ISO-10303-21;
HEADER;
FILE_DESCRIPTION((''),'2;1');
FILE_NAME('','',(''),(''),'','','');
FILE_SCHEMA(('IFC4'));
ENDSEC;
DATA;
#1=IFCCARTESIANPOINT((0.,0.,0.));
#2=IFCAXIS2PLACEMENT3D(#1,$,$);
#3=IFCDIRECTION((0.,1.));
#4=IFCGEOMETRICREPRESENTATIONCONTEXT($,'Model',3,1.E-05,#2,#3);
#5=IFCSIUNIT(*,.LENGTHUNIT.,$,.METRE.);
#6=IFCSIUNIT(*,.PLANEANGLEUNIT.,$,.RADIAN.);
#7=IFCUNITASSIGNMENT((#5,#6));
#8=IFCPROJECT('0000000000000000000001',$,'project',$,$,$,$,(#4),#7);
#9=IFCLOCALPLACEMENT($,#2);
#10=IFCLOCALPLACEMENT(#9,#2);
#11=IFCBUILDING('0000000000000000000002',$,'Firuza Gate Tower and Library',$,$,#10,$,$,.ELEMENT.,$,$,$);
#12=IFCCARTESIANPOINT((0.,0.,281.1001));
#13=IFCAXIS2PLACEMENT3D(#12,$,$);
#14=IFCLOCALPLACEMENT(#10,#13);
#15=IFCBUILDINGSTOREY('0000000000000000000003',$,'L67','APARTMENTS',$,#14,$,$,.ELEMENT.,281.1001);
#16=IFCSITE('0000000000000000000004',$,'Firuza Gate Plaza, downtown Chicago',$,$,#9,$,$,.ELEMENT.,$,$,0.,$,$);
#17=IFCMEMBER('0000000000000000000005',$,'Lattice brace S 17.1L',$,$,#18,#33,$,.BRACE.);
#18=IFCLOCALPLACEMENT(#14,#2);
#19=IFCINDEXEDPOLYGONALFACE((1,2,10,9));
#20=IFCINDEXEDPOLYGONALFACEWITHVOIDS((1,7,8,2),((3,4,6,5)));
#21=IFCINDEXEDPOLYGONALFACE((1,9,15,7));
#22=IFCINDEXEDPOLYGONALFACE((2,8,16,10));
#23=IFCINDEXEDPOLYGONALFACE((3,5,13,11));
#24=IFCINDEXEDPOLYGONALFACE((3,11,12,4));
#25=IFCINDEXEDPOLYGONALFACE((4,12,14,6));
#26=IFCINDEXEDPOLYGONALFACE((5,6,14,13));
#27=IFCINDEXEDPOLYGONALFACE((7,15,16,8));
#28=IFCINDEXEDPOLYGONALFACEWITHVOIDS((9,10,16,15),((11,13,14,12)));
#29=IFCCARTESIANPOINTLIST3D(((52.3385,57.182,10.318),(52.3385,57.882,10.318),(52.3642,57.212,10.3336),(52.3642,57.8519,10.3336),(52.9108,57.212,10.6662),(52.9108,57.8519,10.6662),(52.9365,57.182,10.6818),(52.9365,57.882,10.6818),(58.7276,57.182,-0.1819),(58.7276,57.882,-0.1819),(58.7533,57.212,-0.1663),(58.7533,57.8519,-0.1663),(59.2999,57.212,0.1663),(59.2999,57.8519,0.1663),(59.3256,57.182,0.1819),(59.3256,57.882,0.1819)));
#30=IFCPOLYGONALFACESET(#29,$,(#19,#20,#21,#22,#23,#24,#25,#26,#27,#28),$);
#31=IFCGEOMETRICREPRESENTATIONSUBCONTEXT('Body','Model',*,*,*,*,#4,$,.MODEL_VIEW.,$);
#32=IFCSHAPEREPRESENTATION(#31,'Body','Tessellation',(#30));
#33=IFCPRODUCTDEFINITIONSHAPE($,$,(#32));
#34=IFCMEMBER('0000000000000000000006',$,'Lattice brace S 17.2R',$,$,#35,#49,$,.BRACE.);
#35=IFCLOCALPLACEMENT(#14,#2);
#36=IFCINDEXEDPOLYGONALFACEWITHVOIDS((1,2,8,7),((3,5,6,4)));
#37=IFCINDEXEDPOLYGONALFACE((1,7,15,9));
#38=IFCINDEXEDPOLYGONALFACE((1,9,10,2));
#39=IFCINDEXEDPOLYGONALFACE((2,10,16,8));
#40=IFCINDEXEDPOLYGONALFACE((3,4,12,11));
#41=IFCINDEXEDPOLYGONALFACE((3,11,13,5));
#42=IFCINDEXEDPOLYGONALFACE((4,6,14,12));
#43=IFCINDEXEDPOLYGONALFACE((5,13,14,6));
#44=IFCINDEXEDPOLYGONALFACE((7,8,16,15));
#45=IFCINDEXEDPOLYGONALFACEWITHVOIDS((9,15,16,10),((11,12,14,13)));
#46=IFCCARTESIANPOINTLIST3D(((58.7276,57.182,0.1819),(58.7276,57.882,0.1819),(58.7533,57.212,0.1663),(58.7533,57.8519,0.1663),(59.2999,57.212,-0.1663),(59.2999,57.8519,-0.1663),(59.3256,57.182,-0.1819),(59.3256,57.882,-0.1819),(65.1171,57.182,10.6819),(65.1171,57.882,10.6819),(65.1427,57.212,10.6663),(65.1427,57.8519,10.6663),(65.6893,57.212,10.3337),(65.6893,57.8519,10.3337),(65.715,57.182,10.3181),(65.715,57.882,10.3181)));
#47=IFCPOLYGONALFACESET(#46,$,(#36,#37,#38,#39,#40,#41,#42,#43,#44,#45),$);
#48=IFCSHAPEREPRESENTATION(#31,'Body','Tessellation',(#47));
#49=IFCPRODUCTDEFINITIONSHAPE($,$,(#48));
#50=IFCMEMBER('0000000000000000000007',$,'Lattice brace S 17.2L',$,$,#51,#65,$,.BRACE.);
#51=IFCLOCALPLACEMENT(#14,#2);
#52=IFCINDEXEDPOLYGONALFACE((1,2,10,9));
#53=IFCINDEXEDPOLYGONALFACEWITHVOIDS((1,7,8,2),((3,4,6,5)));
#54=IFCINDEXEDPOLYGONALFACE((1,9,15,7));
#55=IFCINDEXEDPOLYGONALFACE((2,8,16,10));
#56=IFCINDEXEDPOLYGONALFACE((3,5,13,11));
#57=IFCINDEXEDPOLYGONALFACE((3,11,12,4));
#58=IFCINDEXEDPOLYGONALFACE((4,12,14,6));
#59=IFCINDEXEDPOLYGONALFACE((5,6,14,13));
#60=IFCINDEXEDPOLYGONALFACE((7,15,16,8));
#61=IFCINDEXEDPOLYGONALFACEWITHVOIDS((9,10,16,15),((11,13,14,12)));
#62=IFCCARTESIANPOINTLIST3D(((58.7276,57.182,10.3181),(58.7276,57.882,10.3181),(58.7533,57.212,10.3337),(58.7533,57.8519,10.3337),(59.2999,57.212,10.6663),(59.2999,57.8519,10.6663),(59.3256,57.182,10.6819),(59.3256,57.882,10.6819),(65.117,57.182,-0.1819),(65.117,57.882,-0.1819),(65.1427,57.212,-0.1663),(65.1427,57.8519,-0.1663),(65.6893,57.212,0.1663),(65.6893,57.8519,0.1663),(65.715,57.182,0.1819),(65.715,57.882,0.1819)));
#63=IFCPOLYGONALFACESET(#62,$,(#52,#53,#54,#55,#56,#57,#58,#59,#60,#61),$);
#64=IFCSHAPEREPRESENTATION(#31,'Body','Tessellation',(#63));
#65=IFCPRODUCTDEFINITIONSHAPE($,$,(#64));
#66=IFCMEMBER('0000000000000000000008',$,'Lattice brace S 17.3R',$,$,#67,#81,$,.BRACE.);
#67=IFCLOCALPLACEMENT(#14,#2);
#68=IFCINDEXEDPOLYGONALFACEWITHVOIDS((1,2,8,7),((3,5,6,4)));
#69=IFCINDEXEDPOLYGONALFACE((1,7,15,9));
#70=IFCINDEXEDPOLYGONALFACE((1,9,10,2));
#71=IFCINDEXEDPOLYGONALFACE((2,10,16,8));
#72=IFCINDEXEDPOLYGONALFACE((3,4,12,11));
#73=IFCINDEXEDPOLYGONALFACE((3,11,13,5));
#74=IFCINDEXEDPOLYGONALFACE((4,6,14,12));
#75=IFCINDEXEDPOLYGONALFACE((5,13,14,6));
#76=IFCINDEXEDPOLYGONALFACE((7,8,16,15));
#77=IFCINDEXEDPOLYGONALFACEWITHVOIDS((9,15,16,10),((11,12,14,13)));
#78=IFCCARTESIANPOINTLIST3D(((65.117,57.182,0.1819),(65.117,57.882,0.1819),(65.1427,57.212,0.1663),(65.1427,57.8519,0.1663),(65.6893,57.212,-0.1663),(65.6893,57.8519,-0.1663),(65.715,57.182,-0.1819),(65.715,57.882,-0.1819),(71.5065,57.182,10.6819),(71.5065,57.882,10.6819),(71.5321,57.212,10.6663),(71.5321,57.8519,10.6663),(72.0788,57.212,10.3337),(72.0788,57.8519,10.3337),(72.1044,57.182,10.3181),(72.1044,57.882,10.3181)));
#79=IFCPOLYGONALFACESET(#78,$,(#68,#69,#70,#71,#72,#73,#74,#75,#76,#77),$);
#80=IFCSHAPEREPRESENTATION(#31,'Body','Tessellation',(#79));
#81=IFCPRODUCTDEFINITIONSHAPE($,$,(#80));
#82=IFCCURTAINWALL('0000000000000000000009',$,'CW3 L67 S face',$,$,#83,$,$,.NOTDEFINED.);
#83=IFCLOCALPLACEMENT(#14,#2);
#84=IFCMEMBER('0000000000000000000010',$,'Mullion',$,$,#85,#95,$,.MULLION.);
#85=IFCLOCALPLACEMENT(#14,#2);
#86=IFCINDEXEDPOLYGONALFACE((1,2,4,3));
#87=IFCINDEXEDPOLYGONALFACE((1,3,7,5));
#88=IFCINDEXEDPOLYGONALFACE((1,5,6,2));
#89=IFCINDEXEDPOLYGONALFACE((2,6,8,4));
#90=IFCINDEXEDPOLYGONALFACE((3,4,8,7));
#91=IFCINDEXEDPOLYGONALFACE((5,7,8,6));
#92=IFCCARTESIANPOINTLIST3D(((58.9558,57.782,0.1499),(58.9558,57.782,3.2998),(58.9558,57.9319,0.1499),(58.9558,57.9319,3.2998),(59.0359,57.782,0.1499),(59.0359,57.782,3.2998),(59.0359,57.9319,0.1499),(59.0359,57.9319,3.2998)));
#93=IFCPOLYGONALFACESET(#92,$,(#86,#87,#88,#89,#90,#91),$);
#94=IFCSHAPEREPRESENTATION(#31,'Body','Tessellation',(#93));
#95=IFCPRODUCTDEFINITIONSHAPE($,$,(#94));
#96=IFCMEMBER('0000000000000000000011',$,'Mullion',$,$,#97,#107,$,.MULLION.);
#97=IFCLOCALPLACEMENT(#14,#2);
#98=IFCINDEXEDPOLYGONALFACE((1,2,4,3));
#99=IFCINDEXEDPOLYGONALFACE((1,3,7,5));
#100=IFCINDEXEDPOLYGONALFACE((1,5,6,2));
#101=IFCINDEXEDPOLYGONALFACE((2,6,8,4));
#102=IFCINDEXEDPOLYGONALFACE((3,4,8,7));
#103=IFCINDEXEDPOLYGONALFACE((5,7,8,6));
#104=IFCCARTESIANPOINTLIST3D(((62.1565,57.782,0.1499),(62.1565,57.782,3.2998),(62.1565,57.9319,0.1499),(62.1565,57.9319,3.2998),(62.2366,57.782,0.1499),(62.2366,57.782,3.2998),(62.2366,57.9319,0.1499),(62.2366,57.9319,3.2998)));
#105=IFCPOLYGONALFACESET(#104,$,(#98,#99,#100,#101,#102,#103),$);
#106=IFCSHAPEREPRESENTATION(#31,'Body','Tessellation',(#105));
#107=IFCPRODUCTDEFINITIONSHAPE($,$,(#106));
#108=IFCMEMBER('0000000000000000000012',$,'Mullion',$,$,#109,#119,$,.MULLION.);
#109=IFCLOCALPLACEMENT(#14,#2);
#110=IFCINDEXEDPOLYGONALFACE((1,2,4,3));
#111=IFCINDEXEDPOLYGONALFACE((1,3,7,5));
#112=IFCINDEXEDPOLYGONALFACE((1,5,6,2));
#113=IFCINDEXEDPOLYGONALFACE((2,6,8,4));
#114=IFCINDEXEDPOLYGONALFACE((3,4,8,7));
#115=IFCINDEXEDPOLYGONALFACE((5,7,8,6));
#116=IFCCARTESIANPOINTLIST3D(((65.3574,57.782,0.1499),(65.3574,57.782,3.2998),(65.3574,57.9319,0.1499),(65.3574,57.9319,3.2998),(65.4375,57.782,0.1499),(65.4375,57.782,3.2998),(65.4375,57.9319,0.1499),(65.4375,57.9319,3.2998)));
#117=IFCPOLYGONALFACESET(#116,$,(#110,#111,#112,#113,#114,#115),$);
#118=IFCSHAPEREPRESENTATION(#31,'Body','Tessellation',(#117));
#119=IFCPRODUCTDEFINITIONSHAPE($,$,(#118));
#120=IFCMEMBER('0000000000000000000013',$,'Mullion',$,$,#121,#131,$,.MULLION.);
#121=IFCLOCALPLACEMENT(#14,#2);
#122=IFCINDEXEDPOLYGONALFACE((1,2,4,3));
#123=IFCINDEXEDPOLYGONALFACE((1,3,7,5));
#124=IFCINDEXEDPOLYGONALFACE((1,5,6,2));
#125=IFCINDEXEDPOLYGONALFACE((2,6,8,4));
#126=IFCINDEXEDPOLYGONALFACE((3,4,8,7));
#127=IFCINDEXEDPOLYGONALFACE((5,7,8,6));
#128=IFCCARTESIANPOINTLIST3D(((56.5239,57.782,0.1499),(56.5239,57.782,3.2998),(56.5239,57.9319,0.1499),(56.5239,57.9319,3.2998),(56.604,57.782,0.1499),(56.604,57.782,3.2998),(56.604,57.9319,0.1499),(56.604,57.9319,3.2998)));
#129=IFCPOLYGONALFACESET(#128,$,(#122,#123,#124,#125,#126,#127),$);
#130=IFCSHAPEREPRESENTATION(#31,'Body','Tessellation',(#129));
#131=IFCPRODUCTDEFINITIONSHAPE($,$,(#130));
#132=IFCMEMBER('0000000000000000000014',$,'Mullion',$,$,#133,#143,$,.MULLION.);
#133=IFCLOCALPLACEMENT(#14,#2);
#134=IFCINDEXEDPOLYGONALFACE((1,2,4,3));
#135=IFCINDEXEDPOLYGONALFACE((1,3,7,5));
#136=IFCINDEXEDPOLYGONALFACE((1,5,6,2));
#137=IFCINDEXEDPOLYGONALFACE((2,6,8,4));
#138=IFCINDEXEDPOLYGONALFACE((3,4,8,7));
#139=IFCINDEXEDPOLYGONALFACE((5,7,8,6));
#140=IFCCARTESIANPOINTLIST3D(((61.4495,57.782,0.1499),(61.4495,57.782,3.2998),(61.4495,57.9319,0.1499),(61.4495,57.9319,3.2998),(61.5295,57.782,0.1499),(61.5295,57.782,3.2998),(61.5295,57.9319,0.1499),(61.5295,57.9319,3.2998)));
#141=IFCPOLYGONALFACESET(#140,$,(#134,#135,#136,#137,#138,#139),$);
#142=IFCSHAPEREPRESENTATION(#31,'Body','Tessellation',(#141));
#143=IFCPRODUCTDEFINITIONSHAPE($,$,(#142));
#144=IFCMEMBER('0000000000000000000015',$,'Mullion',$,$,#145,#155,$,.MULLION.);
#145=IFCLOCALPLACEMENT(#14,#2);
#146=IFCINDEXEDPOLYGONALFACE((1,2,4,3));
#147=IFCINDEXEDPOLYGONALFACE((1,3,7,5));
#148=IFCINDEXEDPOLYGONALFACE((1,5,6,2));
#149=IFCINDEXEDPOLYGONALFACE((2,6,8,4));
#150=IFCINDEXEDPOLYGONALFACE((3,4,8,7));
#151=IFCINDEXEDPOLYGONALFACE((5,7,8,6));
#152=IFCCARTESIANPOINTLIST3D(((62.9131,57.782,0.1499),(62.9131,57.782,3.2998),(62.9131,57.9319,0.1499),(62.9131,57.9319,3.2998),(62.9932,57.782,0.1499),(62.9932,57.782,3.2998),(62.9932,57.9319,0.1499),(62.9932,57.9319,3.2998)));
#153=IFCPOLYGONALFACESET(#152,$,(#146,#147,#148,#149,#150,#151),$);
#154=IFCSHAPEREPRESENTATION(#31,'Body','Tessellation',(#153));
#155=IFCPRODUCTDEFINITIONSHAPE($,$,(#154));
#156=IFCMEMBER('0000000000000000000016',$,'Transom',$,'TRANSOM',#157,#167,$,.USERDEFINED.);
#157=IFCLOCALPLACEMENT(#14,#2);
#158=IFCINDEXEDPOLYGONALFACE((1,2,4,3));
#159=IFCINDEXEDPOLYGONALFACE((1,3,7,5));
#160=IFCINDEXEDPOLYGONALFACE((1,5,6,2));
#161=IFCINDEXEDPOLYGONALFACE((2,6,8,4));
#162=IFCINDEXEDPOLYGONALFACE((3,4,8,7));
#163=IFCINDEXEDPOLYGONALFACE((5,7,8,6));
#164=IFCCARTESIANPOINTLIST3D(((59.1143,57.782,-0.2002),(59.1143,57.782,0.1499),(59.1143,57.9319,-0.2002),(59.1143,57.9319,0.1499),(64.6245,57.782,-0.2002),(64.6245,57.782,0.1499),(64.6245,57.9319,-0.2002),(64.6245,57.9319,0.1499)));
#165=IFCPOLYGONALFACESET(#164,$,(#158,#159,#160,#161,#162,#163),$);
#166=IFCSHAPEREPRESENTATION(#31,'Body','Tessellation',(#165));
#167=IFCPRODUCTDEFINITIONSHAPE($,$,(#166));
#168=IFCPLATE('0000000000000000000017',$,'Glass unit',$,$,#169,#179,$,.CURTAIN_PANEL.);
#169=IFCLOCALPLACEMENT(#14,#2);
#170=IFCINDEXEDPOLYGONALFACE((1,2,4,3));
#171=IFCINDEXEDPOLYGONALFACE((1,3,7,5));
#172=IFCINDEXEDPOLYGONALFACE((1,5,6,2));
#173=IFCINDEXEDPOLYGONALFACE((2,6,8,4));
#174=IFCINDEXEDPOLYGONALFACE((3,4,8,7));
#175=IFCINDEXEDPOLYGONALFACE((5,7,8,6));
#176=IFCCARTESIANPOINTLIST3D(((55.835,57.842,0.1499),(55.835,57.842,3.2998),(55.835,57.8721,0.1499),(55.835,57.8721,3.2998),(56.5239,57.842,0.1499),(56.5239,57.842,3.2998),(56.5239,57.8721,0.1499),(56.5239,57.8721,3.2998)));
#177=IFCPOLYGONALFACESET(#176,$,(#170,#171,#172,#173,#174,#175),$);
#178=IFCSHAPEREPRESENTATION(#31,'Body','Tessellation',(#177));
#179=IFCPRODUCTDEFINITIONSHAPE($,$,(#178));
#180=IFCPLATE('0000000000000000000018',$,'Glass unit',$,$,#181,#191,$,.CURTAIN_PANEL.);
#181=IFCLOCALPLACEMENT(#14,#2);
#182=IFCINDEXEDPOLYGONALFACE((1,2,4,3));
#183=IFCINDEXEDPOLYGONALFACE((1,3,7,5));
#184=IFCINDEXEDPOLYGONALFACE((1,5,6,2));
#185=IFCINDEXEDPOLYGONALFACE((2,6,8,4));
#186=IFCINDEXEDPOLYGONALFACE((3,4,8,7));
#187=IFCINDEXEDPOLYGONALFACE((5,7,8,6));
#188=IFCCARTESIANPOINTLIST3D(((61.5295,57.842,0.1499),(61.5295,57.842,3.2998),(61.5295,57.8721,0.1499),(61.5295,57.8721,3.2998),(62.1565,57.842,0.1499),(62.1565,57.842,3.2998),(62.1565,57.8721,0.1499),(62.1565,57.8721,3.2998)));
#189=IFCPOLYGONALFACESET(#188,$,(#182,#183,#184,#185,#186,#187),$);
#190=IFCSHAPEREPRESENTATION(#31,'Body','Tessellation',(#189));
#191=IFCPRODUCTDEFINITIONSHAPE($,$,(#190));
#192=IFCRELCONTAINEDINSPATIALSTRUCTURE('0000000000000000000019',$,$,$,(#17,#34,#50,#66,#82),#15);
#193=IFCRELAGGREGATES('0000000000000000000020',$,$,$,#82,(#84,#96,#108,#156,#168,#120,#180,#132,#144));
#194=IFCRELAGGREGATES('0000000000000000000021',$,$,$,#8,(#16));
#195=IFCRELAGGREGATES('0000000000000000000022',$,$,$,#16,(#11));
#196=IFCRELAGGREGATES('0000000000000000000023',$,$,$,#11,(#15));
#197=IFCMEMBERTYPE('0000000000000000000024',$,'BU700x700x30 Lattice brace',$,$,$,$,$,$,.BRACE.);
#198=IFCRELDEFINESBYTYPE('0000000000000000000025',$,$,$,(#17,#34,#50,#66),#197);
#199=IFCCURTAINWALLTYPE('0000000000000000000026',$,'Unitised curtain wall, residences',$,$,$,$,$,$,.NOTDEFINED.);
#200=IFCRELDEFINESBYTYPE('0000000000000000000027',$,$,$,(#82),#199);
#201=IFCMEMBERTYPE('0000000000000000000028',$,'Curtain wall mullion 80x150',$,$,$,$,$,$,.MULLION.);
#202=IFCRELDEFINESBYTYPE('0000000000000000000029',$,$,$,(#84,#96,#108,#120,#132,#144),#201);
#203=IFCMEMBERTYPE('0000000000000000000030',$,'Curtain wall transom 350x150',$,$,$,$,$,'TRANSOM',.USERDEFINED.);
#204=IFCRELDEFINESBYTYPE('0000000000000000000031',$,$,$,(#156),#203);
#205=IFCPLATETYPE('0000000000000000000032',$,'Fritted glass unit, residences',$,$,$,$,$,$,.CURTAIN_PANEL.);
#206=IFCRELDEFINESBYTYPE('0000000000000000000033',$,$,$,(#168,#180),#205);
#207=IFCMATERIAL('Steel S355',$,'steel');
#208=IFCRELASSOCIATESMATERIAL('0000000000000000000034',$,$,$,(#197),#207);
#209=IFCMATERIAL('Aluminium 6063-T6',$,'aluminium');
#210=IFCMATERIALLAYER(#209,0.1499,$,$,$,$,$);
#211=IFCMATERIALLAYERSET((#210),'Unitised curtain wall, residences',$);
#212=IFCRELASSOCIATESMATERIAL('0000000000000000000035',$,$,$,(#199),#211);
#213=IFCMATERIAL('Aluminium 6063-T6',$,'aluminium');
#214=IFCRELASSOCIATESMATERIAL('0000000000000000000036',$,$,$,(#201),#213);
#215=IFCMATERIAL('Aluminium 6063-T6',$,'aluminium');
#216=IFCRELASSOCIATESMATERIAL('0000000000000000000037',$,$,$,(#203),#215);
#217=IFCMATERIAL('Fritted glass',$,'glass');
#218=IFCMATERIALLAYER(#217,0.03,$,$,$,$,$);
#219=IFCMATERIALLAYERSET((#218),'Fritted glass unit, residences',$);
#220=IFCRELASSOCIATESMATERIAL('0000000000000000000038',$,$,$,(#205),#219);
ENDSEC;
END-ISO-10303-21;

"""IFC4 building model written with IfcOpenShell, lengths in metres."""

from ifc_helpers import new_model, si_unit, direction, frame, origin, origin_2d, place, context, subcontext, project, spatial, polyline, rectangle, hollow_rectangle, outline, extrude, material, layer, layer_set, material_profile, profile_set, type_object, element, aggregate, save


model = new_model("IFC4")

# Units and contexts
model_context = context("Model", 3, precision=1e-05, world=origin(), true_north=direction((0.0, 1.0)))
body_context = subcontext(model_context, "Body", "Model", "MODEL_VIEW")
ifc_project = project(units=[si_unit("LENGTHUNIT", "METRE"), si_unit("PLANEANGLEUNIT", "RADIAN")], contexts=[model_context])

# Site, building, storey
site_placement = place(None, origin())
site = spatial("IfcSite", under=ifc_project, at=site_placement, Name="Firuza Gate Plaza, downtown Chicago", CompositionType="ELEMENT", RefElevation=0.0)
building_placement = place(site_placement, origin())
building = spatial("IfcBuilding", under=site, at=building_placement, Name="Firuza Gate Tower and Library", CompositionType="ELEMENT")
storey_placement = place(building_placement, frame((0.0, 0.0, 281.1001)))
storey = spatial("IfcBuildingStorey", under=building, at=storey_placement, Name="L67", Description="APARTMENTS", CompositionType="ELEMENT", Elevation=281.1001)

# Members
ifc_material_1 = material(Name="Steel S355", Category="steel")
ifc_material_profile_1 = material_profile(ifc_material_1, hollow_rectangle(XDim=0.7, YDim=0.7, WallThickness=0.03, at=origin_2d()))
ifc_profile_set_1 = profile_set([ifc_material_profile_1], Name="Steel S355")
member_type_1 = type_object("IfcMemberType", Name="BU700x700x30 Lattice brace", PredefinedType="BRACE", material=ifc_profile_set_1)
member_1_placement = place(storey_placement, frame((59.0266, 57.532, 0.0), z_axis=(-0.51982, 0.0, 0.854276), x_axis=(0.0, -1.0, 0.0)))
element("IfcMember", 1, at=member_1_placement, inside=storey, type_object=member_type_1, Name="Lattice brace S 17.1L", PredefinedType="BRACE", context=body_context, shape_type="SweptSolid", body=[
    extrude(hollow_rectangle(XDim=0.7, YDim=0.7, WallThickness=0.03, at=origin_2d()), origin(), (0.0, 0.0, 1.0), 12.291),
])
for number, where, z_axis, x_axis, name in (
    (2, (59.0266, 57.532, 0.0), (0.519834, 0.0, 0.854267), (0.0, 1.0, 0.0), "Lattice brace S 17.2R"),
    (3, (65.416, 57.532, 0.0), (-0.519834, 0.0, 0.854267), (0.0, -1.0, 0.0), "Lattice brace S 17.2L"),
    (4, (65.416, 57.532, 0.0), (0.519834, 0.0, 0.854267), (0.0, 1.0, 0.0), "Lattice brace S 17.3R"),
):
    element("IfcMember", number, at=place(storey_placement, frame(where, z_axis=z_axis, x_axis=x_axis)), inside=storey, type_object=member_type_1, Name=name, PredefinedType="BRACE", context=body_context, shape_type="SweptSolid", body=[
        extrude(hollow_rectangle(XDim=0.7, YDim=0.7, WallThickness=0.03, at=origin_2d()), origin(), (0.0, 0.0, 1.0), 12.2913),
    ])

# Curtain wall, members, plates
ifc_material_2 = material(Name="Aluminium 6063-T6", Category="aluminium")
ifc_layer_1 = layer(ifc_material_2, 0.1499)
ifc_layer_set_1 = layer_set([ifc_layer_1], Name="Unitised curtain wall, residences")
curtain_wall_type = type_object("IfcCurtainWallType", Name="Unitised curtain wall, residences", PredefinedType="NOTDEFINED", material=ifc_layer_set_1)
curtain_wall_placement = place(storey_placement, origin())
curtain_wall = element("IfcCurtainWall", 5, at=curtain_wall_placement, inside=storey, type_object=curtain_wall_type, Name="CW3 L67 S face", PredefinedType="NOTDEFINED")
ifc_material_3 = material(Name="Aluminium 6063-T6", Category="aluminium")
ifc_material_profile_2 = material_profile(ifc_material_3, rectangle(XDim=0.1499, YDim=0.0801, at=origin_2d()))
ifc_profile_set_2 = profile_set([ifc_material_profile_2], Name="Aluminium 6063-T6")
member_type_2 = type_object("IfcMemberType", Name="Curtain wall mullion 80x150", PredefinedType="MULLION", material=ifc_profile_set_2)
member_2_placement = place(storey_placement, frame((58.9958, 57.8569, 0.1499), z_axis=(0.0, 0.0, 1.0), x_axis=(0.0, 1.0, 0.0)))
member_2 = element("IfcMember", 6, at=member_2_placement, type_object=member_type_2, Name="Mullion", PredefinedType="MULLION", context=body_context, shape_type="SweptSolid", body=[
    extrude(rectangle(XDim=0.1499, YDim=0.0801, at=origin_2d()), origin(), (0.0, 0.0, 1.0), 3.1499),
])
member_3_placement = place(storey_placement, frame((62.1965, 57.8569, 0.1499), z_axis=(0.0, 0.0, 1.0), x_axis=(0.0, 1.0, 0.0)))
member_3 = element("IfcMember", 7, at=member_3_placement, type_object=member_type_2, Name="Mullion", PredefinedType="MULLION", context=body_context, shape_type="SweptSolid", body=[
    extrude(rectangle(XDim=0.1499, YDim=0.0801, at=origin_2d()), origin(), (0.0, 0.0, 1.0), 3.1499),
])
member_4_placement = place(storey_placement, frame((65.3975, 57.8569, 0.1499), z_axis=(0.0, 0.0, 1.0), x_axis=(0.0, 1.0, 0.0)))
member_4 = element("IfcMember", 8, at=member_4_placement, type_object=member_type_2, Name="Mullion", PredefinedType="MULLION", context=body_context, shape_type="SweptSolid", body=[
    extrude(rectangle(XDim=0.1499, YDim=0.0801, at=origin_2d()), origin(), (0.0, 0.0, 1.0), 3.1499),
])
member_5_placement = place(storey_placement, frame((56.564, 57.8569, 0.1499), z_axis=(0.0, 0.0, 1.0), x_axis=(0.0, 1.0, 0.0)))
member_5 = element("IfcMember", 9, at=member_5_placement, type_object=member_type_2, Name="Mullion", PredefinedType="MULLION", context=body_context, shape_type="SweptSolid", body=[
    extrude(rectangle(XDim=0.1499, YDim=0.0801, at=origin_2d()), origin(), (0.0, 0.0, 1.0), 3.1499),
])
member_6_placement = place(storey_placement, frame((61.4895, 57.8569, 0.1499), z_axis=(0.0, 0.0, 1.0), x_axis=(0.0, 1.0, 0.0)))
member_6 = element("IfcMember", 10, at=member_6_placement, type_object=member_type_2, Name="Mullion", PredefinedType="MULLION", context=body_context, shape_type="SweptSolid", body=[
    extrude(rectangle(XDim=0.1499, YDim=0.0801, at=origin_2d()), origin(), (0.0, 0.0, 1.0), 3.1499),
])
member_7_placement = place(storey_placement, frame((62.9531, 57.8569, 0.1499), z_axis=(0.0, 0.0, 1.0), x_axis=(0.0, 1.0, 0.0)))
member_7 = element("IfcMember", 11, at=member_7_placement, type_object=member_type_2, Name="Mullion", PredefinedType="MULLION", context=body_context, shape_type="SweptSolid", body=[
    extrude(rectangle(XDim=0.1499, YDim=0.0801, at=origin_2d()), origin(), (0.0, 0.0, 1.0), 3.1499),
])
ifc_material_4 = material(Name="Aluminium 6063-T6", Category="aluminium")
ifc_material_profile_3 = material_profile(ifc_material_4, rectangle(XDim=0.1499, YDim=0.3501, at=origin_2d()))
ifc_profile_set_3 = profile_set([ifc_material_profile_3], Name="Aluminium 6063-T6")
member_type_3 = type_object("IfcMemberType", Name="Curtain wall transom 350x150", ElementType="TRANSOM", PredefinedType="USERDEFINED", material=ifc_profile_set_3)
member_8_placement = place(storey_placement, frame((59.1143, 57.8569, -0.0251), z_axis=(1.0, 0.0, 0.0), x_axis=(0.0, 1.0, 0.0)))
member_8 = element("IfcMember", 12, at=member_8_placement, type_object=member_type_3, Name="Transom", ObjectType="TRANSOM", PredefinedType="USERDEFINED", context=body_context, shape_type="SweptSolid", body=[
    extrude(rectangle(XDim=0.1499, YDim=0.3501, at=origin_2d()), origin(), (0.0, 0.0, 1.0), 5.5103),
])
ifc_material_5 = material(Name="Fritted glass", Category="glass")
ifc_layer_2 = layer(ifc_material_5, 0.03)
ifc_layer_set_2 = layer_set([ifc_layer_2], Name="Fritted glass unit, residences")
plate_type_1 = type_object("IfcPlateType", Name="Fritted glass unit, residences", PredefinedType="CURTAIN_PANEL", material=ifc_layer_set_2)
plate_1_placement = place(storey_placement, frame((55.835, 57.842, 0.1499), z_axis=(0.0, -1.0, 0.0), x_axis=(1.0, 0.0, 0.0)))
plate_1 = element("IfcPlate", 13, at=plate_1_placement, type_object=plate_type_1, Name="Glass unit", PredefinedType="CURTAIN_PANEL", context=body_context, shape_type="SweptSolid", body=[
    extrude(outline(polyline([(0.0, 0.0), (0.689, 0.0), (0.689, 3.1499), (0.0, 3.1499), (0.0, 0.0)])), origin(), (0.0, 0.0, -1.0), 0.03),
])
plate_2_placement = place(storey_placement, frame((61.5295, 57.842, 0.1499), z_axis=(0.0, -1.0, 0.0), x_axis=(1.0, 0.0, 0.0)))
plate_2 = element("IfcPlate", 14, at=plate_2_placement, type_object=plate_type_1, Name="Glass unit", PredefinedType="CURTAIN_PANEL", context=body_context, shape_type="SweptSolid", body=[
    extrude(outline(polyline([(0.0, 0.0), (0.627, 0.0), (0.627, 3.1499), (0.0, 3.1499), (0.0, 0.0)])), origin(), (0.0, 0.0, -1.0), 0.03),
])
aggregate(curtain_wall, [member_2, member_3, member_4, member_8, plate_1, member_5, plate_2, member_6, member_7])

save(model, "model.ifc")
